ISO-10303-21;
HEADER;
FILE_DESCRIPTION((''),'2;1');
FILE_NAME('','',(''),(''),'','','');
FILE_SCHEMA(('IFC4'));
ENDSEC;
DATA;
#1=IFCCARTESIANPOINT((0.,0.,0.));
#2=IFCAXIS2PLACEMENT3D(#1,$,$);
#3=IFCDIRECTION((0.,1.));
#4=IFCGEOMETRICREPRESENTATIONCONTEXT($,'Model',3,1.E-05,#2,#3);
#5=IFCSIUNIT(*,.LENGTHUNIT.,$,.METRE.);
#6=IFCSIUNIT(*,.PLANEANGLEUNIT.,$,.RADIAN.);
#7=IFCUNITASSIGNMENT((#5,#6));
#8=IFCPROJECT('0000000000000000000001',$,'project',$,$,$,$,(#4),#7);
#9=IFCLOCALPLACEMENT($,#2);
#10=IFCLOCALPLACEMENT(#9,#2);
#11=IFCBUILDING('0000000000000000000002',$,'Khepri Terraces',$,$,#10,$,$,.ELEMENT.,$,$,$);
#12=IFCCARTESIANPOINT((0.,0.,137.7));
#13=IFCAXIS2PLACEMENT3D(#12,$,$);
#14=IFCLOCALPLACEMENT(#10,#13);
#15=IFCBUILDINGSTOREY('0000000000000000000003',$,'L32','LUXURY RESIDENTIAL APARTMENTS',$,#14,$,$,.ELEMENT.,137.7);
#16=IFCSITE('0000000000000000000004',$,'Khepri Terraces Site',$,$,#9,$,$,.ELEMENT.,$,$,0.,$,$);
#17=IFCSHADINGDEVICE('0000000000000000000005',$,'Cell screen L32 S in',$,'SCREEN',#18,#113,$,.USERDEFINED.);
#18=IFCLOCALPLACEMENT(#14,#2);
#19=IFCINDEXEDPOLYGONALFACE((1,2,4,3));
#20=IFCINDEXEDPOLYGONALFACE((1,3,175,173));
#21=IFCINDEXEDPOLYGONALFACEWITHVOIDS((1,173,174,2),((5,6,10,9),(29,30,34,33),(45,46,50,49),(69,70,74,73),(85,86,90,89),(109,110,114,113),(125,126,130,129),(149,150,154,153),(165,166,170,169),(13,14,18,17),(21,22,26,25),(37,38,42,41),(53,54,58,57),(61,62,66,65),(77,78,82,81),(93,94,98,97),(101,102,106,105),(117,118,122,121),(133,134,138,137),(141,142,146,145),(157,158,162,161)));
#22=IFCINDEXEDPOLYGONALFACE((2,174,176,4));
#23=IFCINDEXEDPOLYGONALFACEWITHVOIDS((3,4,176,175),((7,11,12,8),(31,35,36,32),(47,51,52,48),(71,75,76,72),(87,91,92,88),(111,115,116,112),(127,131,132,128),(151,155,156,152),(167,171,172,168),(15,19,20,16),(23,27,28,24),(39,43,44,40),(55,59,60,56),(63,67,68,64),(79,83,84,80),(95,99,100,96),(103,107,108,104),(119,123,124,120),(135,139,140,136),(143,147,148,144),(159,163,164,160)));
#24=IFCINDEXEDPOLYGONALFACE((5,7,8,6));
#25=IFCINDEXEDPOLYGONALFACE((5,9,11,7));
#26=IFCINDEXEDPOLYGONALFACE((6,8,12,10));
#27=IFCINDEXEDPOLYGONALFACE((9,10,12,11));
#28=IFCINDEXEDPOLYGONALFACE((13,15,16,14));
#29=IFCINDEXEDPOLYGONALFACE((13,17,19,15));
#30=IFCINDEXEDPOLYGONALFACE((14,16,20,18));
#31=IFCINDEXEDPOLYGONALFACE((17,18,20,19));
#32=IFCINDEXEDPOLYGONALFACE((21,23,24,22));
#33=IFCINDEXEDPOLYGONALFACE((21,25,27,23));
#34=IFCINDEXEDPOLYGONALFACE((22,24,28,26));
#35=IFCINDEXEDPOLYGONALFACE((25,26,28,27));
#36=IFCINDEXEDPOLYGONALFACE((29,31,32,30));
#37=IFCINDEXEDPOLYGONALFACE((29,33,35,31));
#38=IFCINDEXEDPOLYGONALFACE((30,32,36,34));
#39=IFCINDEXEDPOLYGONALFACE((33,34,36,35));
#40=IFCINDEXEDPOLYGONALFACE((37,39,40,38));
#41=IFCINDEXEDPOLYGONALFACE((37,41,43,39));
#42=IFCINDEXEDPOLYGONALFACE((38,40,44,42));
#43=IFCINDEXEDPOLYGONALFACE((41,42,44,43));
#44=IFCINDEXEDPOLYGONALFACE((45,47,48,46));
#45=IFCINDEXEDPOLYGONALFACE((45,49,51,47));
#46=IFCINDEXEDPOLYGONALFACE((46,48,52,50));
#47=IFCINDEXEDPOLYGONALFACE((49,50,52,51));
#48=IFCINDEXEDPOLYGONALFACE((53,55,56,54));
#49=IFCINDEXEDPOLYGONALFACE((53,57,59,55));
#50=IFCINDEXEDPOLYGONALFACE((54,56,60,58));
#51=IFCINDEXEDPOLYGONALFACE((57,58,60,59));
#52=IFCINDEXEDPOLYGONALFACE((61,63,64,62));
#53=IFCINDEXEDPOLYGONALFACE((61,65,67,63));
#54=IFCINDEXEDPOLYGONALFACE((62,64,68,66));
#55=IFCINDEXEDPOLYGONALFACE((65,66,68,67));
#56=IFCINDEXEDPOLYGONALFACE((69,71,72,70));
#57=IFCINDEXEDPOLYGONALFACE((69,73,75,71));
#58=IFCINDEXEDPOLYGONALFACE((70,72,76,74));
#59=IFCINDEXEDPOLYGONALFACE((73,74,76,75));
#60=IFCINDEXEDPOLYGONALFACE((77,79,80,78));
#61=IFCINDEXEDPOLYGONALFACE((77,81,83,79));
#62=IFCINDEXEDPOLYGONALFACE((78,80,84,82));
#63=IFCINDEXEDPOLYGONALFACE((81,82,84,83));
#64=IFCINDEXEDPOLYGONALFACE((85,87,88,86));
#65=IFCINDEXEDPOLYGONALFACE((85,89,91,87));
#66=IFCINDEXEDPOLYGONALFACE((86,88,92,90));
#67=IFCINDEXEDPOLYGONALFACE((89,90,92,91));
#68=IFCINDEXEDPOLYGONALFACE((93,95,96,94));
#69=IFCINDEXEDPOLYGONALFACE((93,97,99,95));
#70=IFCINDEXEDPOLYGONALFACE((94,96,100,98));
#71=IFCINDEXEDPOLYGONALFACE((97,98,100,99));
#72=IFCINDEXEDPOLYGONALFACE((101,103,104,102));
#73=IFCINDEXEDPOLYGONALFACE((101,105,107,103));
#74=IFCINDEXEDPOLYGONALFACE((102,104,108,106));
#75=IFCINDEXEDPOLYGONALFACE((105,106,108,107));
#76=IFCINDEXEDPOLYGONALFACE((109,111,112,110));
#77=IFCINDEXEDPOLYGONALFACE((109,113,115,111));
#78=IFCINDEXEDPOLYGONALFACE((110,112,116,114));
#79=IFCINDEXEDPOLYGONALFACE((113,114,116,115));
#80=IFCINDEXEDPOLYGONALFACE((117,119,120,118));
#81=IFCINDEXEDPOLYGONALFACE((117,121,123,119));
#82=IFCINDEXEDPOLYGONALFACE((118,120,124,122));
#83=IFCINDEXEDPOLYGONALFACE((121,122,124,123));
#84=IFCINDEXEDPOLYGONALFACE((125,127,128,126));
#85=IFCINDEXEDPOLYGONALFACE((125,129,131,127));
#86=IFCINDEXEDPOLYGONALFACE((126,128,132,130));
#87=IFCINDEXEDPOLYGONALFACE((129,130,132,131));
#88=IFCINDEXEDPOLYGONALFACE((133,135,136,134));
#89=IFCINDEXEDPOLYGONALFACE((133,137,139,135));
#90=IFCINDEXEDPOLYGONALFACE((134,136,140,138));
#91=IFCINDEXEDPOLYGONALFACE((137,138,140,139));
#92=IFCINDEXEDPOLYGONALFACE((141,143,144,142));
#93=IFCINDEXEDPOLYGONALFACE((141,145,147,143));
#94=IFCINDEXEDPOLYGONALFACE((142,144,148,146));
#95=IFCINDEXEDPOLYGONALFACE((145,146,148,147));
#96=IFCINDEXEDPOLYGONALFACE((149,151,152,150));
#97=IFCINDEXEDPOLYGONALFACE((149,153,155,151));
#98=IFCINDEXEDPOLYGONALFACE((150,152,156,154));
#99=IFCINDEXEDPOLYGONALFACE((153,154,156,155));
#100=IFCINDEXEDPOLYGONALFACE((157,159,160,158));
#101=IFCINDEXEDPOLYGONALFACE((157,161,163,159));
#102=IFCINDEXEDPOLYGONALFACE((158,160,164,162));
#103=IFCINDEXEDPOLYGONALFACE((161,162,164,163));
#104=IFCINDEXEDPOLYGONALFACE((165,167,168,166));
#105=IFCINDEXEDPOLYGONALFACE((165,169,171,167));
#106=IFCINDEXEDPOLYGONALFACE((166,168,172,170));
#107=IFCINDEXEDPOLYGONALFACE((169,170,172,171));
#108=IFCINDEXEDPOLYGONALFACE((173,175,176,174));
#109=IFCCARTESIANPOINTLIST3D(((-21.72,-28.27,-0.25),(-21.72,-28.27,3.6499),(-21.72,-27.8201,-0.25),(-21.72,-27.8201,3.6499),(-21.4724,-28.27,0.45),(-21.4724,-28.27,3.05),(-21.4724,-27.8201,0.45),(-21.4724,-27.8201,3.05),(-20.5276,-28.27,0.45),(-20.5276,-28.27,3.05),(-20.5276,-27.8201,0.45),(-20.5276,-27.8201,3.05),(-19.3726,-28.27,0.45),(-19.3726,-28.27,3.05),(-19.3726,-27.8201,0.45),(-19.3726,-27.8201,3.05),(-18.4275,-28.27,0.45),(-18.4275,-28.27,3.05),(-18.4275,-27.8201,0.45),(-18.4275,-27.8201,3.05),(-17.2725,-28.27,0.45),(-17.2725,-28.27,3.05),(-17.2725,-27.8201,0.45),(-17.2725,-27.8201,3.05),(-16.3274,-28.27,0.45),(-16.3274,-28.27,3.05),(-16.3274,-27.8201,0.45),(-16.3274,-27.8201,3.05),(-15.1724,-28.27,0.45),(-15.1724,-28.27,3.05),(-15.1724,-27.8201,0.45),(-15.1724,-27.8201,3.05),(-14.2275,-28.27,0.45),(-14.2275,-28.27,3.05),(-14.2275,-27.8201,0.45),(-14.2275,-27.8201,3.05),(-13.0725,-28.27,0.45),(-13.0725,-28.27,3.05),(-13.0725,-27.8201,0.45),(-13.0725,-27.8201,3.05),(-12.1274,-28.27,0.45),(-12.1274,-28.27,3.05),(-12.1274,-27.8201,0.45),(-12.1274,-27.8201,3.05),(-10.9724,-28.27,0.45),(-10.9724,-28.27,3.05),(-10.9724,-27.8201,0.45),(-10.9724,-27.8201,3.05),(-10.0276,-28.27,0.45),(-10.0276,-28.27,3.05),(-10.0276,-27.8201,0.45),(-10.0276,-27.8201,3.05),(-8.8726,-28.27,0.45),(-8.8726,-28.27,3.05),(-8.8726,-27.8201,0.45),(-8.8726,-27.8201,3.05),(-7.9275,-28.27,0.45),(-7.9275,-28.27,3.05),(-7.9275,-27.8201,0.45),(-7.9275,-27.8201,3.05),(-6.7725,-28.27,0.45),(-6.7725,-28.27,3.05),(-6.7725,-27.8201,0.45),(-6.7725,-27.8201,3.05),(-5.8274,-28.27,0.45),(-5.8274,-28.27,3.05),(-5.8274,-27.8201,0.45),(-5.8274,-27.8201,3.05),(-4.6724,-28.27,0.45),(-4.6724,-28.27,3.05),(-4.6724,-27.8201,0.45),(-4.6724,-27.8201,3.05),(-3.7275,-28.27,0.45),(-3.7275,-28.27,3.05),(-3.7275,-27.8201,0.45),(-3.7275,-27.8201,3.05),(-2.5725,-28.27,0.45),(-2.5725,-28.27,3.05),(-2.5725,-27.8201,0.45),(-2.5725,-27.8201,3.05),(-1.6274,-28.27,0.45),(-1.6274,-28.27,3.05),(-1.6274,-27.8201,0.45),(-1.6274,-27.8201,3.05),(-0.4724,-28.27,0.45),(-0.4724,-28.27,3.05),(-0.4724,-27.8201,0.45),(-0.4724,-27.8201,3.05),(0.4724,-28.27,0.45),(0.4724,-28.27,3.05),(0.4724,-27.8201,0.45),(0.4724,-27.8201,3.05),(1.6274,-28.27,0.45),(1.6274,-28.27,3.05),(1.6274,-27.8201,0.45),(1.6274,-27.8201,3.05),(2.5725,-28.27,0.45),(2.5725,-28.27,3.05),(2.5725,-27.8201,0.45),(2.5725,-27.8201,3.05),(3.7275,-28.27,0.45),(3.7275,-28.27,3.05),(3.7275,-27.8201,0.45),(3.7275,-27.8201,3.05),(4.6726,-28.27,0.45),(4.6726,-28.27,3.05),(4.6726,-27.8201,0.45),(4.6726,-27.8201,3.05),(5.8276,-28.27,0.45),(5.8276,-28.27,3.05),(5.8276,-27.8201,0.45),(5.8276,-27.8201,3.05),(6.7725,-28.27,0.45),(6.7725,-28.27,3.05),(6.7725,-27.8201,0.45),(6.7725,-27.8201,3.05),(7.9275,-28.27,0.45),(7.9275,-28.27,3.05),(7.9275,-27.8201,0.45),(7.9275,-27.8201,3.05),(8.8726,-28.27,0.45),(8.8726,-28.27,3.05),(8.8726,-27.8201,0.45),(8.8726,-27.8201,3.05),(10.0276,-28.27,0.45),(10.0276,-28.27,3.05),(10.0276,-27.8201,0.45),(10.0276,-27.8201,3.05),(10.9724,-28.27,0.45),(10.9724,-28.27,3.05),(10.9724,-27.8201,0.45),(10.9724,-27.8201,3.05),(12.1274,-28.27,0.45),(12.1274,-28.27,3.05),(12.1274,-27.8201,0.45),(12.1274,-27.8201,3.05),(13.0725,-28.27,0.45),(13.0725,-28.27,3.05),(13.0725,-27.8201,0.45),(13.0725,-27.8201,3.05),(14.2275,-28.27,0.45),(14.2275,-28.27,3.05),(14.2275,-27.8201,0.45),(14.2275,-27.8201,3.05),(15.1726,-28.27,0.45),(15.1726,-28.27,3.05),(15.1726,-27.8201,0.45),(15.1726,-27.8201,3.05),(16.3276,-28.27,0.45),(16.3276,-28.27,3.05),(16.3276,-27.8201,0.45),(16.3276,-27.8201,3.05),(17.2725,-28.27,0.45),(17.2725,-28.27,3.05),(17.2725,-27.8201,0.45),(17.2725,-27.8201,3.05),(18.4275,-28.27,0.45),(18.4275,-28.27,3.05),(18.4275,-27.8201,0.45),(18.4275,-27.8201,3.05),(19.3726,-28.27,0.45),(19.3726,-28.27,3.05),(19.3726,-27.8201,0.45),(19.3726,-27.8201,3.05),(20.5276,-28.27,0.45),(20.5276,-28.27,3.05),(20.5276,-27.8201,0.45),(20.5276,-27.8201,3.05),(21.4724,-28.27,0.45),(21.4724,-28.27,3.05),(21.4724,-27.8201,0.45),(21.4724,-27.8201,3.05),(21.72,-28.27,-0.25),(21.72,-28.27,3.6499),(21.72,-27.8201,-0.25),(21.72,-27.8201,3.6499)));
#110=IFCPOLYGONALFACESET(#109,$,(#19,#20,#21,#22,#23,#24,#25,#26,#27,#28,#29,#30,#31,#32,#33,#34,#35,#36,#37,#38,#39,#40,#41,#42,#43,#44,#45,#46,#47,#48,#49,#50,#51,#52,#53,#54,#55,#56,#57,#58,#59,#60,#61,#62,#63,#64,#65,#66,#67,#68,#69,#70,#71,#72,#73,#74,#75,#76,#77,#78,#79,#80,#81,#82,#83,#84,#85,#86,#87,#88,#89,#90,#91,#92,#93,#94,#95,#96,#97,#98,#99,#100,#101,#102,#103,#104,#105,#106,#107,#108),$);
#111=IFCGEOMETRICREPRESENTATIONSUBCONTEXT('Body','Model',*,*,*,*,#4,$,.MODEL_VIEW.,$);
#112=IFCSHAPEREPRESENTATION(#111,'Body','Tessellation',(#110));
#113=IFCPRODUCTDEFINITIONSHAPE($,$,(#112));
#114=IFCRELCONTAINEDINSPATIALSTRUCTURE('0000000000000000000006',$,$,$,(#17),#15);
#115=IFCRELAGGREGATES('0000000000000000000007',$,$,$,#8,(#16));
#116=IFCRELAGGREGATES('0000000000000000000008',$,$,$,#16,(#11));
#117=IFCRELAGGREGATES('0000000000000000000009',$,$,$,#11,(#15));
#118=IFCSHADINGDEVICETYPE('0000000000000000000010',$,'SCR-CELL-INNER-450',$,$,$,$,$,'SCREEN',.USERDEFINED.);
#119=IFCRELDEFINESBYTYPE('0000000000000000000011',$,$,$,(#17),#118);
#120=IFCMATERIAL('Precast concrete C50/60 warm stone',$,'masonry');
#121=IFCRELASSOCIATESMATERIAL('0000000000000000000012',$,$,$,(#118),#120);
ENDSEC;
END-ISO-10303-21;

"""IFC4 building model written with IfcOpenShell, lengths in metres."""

from ifc_helpers import new_model, si_unit, direction, frame, origin, place, context, subcontext, project, spatial, polyline, outline, extrude, material, type_object, element, save


model = new_model("IFC4")

# Units and contexts
model_context = context("Model", 3, precision=1e-05, world=origin(), true_north=direction((0.0, 1.0)))
body_context = subcontext(model_context, "Body", "Model", "MODEL_VIEW")
ifc_project = project(units=[si_unit("LENGTHUNIT", "METRE"), si_unit("PLANEANGLEUNIT", "RADIAN")], contexts=[model_context])

# Site, building, storey
site_placement = place(None, origin())
site = spatial("IfcSite", under=ifc_project, at=site_placement, Name="Khepri Terraces Site", CompositionType="ELEMENT", RefElevation=0.0)
building_placement = place(site_placement, origin())
building = spatial("IfcBuilding", under=site, at=building_placement, Name="Khepri Terraces", CompositionType="ELEMENT")
storey_placement = place(building_placement, frame((0.0, 0.0, 137.7)))
storey = spatial("IfcBuildingStorey", under=building, at=storey_placement, Name="L32", Description="LUXURY RESIDENTIAL APARTMENTS", CompositionType="ELEMENT", Elevation=137.7)

# Shared definitions
ifc_material_1 = material(Name="Precast concrete C50/60 warm stone", Category="masonry")

# Shading device
shading_device_type_1 = type_object("IfcShadingDeviceType", Name="SCR-CELL-INNER-450", ElementType="SCREEN", PredefinedType="USERDEFINED", material=ifc_material_1)
shading_device_1_placement = place(storey_placement, frame((-21.72, -27.8201, -0.25), z_axis=(0.0, -1.0, 0.0), x_axis=(1.0, 0.0, 0.0)))
element("IfcShadingDevice", 1, at=shading_device_1_placement, inside=storey, type_object=shading_device_type_1, Name="Cell screen L32 S in", ObjectType="SCREEN", PredefinedType="USERDEFINED", context=body_context, shape_type="SweptSolid", body=[
    extrude(outline(polyline([(0.0, 0.0), (43.4399, 0.0), (43.4399, 3.8999), (0.0, 3.8999), (0.0, 0.0)]), holes=[polyline([(0.2476, 0.7), (1.1924, 0.7), (1.1924, 3.3), (0.2476, 3.3), (0.2476, 0.7)]), polyline([(2.3474, 0.7), (3.2925, 0.7), (3.2925, 3.3), (2.3474, 3.3), (2.3474, 0.7)]), polyline([(4.4475, 0.7), (5.3926, 0.7), (5.3926, 3.3), (4.4475, 3.3), (4.4475, 0.7)]), polyline([(6.5476, 0.7), (7.4924, 0.7), (7.4924, 3.3), (6.5476, 3.3), (6.5476, 0.7)]), polyline([(8.6475, 0.7), (9.5925, 0.7), (9.5925, 3.3), (8.6475, 3.3), (8.6475, 0.7)]), polyline([(10.7476, 0.7), (11.6924, 0.7), (11.6924, 3.3), (10.7476, 3.3), (10.7476, 0.7)]), polyline([(12.8474, 0.7), (13.7925, 0.7), (13.7925, 3.3), (12.8474, 3.3), (12.8474, 0.7)]), polyline([(14.9475, 0.7), (15.8926, 0.7), (15.8926, 3.3), (14.9475, 3.3), (14.9475, 0.7)]), polyline([(17.0476, 0.7), (17.9924, 0.7), (17.9924, 3.3), (17.0476, 3.3), (17.0476, 0.7)]), polyline([(19.1475, 0.7), (20.0925, 0.7), (20.0925, 3.3), (19.1475, 3.3), (19.1475, 0.7)]), polyline([(21.2476, 0.7), (22.1924, 0.7), (22.1924, 3.3), (21.2476, 3.3), (21.2476, 0.7)]), polyline([(23.3474, 0.7), (24.2925, 0.7), (24.2925, 3.3), (23.3474, 3.3), (23.3474, 0.7)]), polyline([(25.4475, 0.7), (26.3926, 0.7), (26.3926, 3.3), (25.4475, 3.3), (25.4475, 0.7)]), polyline([(27.5476, 0.7), (28.4924, 0.7), (28.4924, 3.3), (27.5476, 3.3), (27.5476, 0.7)]), polyline([(29.6475, 0.7), (30.5925, 0.7), (30.5925, 3.3), (29.6475, 3.3), (29.6475, 0.7)]), polyline([(31.7476, 0.7), (32.6924, 0.7), (32.6924, 3.3), (31.7476, 3.3), (31.7476, 0.7)]), polyline([(33.8474, 0.7), (34.7925, 0.7), (34.7925, 3.3), (33.8474, 3.3), (33.8474, 0.7)]), polyline([(35.9475, 0.7), (36.8926, 0.7), (36.8926, 3.3), (35.9475, 3.3), (35.9475, 0.7)]), polyline([(38.0476, 0.7), (38.9924, 0.7), (38.9924, 3.3), (38.0476, 3.3), (38.0476, 0.7)]), polyline([(40.1475, 0.7), (41.0925, 0.7), (41.0925, 3.3), (40.1475, 3.3), (40.1475, 0.7)]), polyline([(42.2476, 0.7), (43.1924, 0.7), (43.1924, 3.3), (42.2476, 3.3), (42.2476, 0.7)])]), origin(), (0.0, 0.0, 1.0), 0.45),
])

save(model, "model.ifc")
